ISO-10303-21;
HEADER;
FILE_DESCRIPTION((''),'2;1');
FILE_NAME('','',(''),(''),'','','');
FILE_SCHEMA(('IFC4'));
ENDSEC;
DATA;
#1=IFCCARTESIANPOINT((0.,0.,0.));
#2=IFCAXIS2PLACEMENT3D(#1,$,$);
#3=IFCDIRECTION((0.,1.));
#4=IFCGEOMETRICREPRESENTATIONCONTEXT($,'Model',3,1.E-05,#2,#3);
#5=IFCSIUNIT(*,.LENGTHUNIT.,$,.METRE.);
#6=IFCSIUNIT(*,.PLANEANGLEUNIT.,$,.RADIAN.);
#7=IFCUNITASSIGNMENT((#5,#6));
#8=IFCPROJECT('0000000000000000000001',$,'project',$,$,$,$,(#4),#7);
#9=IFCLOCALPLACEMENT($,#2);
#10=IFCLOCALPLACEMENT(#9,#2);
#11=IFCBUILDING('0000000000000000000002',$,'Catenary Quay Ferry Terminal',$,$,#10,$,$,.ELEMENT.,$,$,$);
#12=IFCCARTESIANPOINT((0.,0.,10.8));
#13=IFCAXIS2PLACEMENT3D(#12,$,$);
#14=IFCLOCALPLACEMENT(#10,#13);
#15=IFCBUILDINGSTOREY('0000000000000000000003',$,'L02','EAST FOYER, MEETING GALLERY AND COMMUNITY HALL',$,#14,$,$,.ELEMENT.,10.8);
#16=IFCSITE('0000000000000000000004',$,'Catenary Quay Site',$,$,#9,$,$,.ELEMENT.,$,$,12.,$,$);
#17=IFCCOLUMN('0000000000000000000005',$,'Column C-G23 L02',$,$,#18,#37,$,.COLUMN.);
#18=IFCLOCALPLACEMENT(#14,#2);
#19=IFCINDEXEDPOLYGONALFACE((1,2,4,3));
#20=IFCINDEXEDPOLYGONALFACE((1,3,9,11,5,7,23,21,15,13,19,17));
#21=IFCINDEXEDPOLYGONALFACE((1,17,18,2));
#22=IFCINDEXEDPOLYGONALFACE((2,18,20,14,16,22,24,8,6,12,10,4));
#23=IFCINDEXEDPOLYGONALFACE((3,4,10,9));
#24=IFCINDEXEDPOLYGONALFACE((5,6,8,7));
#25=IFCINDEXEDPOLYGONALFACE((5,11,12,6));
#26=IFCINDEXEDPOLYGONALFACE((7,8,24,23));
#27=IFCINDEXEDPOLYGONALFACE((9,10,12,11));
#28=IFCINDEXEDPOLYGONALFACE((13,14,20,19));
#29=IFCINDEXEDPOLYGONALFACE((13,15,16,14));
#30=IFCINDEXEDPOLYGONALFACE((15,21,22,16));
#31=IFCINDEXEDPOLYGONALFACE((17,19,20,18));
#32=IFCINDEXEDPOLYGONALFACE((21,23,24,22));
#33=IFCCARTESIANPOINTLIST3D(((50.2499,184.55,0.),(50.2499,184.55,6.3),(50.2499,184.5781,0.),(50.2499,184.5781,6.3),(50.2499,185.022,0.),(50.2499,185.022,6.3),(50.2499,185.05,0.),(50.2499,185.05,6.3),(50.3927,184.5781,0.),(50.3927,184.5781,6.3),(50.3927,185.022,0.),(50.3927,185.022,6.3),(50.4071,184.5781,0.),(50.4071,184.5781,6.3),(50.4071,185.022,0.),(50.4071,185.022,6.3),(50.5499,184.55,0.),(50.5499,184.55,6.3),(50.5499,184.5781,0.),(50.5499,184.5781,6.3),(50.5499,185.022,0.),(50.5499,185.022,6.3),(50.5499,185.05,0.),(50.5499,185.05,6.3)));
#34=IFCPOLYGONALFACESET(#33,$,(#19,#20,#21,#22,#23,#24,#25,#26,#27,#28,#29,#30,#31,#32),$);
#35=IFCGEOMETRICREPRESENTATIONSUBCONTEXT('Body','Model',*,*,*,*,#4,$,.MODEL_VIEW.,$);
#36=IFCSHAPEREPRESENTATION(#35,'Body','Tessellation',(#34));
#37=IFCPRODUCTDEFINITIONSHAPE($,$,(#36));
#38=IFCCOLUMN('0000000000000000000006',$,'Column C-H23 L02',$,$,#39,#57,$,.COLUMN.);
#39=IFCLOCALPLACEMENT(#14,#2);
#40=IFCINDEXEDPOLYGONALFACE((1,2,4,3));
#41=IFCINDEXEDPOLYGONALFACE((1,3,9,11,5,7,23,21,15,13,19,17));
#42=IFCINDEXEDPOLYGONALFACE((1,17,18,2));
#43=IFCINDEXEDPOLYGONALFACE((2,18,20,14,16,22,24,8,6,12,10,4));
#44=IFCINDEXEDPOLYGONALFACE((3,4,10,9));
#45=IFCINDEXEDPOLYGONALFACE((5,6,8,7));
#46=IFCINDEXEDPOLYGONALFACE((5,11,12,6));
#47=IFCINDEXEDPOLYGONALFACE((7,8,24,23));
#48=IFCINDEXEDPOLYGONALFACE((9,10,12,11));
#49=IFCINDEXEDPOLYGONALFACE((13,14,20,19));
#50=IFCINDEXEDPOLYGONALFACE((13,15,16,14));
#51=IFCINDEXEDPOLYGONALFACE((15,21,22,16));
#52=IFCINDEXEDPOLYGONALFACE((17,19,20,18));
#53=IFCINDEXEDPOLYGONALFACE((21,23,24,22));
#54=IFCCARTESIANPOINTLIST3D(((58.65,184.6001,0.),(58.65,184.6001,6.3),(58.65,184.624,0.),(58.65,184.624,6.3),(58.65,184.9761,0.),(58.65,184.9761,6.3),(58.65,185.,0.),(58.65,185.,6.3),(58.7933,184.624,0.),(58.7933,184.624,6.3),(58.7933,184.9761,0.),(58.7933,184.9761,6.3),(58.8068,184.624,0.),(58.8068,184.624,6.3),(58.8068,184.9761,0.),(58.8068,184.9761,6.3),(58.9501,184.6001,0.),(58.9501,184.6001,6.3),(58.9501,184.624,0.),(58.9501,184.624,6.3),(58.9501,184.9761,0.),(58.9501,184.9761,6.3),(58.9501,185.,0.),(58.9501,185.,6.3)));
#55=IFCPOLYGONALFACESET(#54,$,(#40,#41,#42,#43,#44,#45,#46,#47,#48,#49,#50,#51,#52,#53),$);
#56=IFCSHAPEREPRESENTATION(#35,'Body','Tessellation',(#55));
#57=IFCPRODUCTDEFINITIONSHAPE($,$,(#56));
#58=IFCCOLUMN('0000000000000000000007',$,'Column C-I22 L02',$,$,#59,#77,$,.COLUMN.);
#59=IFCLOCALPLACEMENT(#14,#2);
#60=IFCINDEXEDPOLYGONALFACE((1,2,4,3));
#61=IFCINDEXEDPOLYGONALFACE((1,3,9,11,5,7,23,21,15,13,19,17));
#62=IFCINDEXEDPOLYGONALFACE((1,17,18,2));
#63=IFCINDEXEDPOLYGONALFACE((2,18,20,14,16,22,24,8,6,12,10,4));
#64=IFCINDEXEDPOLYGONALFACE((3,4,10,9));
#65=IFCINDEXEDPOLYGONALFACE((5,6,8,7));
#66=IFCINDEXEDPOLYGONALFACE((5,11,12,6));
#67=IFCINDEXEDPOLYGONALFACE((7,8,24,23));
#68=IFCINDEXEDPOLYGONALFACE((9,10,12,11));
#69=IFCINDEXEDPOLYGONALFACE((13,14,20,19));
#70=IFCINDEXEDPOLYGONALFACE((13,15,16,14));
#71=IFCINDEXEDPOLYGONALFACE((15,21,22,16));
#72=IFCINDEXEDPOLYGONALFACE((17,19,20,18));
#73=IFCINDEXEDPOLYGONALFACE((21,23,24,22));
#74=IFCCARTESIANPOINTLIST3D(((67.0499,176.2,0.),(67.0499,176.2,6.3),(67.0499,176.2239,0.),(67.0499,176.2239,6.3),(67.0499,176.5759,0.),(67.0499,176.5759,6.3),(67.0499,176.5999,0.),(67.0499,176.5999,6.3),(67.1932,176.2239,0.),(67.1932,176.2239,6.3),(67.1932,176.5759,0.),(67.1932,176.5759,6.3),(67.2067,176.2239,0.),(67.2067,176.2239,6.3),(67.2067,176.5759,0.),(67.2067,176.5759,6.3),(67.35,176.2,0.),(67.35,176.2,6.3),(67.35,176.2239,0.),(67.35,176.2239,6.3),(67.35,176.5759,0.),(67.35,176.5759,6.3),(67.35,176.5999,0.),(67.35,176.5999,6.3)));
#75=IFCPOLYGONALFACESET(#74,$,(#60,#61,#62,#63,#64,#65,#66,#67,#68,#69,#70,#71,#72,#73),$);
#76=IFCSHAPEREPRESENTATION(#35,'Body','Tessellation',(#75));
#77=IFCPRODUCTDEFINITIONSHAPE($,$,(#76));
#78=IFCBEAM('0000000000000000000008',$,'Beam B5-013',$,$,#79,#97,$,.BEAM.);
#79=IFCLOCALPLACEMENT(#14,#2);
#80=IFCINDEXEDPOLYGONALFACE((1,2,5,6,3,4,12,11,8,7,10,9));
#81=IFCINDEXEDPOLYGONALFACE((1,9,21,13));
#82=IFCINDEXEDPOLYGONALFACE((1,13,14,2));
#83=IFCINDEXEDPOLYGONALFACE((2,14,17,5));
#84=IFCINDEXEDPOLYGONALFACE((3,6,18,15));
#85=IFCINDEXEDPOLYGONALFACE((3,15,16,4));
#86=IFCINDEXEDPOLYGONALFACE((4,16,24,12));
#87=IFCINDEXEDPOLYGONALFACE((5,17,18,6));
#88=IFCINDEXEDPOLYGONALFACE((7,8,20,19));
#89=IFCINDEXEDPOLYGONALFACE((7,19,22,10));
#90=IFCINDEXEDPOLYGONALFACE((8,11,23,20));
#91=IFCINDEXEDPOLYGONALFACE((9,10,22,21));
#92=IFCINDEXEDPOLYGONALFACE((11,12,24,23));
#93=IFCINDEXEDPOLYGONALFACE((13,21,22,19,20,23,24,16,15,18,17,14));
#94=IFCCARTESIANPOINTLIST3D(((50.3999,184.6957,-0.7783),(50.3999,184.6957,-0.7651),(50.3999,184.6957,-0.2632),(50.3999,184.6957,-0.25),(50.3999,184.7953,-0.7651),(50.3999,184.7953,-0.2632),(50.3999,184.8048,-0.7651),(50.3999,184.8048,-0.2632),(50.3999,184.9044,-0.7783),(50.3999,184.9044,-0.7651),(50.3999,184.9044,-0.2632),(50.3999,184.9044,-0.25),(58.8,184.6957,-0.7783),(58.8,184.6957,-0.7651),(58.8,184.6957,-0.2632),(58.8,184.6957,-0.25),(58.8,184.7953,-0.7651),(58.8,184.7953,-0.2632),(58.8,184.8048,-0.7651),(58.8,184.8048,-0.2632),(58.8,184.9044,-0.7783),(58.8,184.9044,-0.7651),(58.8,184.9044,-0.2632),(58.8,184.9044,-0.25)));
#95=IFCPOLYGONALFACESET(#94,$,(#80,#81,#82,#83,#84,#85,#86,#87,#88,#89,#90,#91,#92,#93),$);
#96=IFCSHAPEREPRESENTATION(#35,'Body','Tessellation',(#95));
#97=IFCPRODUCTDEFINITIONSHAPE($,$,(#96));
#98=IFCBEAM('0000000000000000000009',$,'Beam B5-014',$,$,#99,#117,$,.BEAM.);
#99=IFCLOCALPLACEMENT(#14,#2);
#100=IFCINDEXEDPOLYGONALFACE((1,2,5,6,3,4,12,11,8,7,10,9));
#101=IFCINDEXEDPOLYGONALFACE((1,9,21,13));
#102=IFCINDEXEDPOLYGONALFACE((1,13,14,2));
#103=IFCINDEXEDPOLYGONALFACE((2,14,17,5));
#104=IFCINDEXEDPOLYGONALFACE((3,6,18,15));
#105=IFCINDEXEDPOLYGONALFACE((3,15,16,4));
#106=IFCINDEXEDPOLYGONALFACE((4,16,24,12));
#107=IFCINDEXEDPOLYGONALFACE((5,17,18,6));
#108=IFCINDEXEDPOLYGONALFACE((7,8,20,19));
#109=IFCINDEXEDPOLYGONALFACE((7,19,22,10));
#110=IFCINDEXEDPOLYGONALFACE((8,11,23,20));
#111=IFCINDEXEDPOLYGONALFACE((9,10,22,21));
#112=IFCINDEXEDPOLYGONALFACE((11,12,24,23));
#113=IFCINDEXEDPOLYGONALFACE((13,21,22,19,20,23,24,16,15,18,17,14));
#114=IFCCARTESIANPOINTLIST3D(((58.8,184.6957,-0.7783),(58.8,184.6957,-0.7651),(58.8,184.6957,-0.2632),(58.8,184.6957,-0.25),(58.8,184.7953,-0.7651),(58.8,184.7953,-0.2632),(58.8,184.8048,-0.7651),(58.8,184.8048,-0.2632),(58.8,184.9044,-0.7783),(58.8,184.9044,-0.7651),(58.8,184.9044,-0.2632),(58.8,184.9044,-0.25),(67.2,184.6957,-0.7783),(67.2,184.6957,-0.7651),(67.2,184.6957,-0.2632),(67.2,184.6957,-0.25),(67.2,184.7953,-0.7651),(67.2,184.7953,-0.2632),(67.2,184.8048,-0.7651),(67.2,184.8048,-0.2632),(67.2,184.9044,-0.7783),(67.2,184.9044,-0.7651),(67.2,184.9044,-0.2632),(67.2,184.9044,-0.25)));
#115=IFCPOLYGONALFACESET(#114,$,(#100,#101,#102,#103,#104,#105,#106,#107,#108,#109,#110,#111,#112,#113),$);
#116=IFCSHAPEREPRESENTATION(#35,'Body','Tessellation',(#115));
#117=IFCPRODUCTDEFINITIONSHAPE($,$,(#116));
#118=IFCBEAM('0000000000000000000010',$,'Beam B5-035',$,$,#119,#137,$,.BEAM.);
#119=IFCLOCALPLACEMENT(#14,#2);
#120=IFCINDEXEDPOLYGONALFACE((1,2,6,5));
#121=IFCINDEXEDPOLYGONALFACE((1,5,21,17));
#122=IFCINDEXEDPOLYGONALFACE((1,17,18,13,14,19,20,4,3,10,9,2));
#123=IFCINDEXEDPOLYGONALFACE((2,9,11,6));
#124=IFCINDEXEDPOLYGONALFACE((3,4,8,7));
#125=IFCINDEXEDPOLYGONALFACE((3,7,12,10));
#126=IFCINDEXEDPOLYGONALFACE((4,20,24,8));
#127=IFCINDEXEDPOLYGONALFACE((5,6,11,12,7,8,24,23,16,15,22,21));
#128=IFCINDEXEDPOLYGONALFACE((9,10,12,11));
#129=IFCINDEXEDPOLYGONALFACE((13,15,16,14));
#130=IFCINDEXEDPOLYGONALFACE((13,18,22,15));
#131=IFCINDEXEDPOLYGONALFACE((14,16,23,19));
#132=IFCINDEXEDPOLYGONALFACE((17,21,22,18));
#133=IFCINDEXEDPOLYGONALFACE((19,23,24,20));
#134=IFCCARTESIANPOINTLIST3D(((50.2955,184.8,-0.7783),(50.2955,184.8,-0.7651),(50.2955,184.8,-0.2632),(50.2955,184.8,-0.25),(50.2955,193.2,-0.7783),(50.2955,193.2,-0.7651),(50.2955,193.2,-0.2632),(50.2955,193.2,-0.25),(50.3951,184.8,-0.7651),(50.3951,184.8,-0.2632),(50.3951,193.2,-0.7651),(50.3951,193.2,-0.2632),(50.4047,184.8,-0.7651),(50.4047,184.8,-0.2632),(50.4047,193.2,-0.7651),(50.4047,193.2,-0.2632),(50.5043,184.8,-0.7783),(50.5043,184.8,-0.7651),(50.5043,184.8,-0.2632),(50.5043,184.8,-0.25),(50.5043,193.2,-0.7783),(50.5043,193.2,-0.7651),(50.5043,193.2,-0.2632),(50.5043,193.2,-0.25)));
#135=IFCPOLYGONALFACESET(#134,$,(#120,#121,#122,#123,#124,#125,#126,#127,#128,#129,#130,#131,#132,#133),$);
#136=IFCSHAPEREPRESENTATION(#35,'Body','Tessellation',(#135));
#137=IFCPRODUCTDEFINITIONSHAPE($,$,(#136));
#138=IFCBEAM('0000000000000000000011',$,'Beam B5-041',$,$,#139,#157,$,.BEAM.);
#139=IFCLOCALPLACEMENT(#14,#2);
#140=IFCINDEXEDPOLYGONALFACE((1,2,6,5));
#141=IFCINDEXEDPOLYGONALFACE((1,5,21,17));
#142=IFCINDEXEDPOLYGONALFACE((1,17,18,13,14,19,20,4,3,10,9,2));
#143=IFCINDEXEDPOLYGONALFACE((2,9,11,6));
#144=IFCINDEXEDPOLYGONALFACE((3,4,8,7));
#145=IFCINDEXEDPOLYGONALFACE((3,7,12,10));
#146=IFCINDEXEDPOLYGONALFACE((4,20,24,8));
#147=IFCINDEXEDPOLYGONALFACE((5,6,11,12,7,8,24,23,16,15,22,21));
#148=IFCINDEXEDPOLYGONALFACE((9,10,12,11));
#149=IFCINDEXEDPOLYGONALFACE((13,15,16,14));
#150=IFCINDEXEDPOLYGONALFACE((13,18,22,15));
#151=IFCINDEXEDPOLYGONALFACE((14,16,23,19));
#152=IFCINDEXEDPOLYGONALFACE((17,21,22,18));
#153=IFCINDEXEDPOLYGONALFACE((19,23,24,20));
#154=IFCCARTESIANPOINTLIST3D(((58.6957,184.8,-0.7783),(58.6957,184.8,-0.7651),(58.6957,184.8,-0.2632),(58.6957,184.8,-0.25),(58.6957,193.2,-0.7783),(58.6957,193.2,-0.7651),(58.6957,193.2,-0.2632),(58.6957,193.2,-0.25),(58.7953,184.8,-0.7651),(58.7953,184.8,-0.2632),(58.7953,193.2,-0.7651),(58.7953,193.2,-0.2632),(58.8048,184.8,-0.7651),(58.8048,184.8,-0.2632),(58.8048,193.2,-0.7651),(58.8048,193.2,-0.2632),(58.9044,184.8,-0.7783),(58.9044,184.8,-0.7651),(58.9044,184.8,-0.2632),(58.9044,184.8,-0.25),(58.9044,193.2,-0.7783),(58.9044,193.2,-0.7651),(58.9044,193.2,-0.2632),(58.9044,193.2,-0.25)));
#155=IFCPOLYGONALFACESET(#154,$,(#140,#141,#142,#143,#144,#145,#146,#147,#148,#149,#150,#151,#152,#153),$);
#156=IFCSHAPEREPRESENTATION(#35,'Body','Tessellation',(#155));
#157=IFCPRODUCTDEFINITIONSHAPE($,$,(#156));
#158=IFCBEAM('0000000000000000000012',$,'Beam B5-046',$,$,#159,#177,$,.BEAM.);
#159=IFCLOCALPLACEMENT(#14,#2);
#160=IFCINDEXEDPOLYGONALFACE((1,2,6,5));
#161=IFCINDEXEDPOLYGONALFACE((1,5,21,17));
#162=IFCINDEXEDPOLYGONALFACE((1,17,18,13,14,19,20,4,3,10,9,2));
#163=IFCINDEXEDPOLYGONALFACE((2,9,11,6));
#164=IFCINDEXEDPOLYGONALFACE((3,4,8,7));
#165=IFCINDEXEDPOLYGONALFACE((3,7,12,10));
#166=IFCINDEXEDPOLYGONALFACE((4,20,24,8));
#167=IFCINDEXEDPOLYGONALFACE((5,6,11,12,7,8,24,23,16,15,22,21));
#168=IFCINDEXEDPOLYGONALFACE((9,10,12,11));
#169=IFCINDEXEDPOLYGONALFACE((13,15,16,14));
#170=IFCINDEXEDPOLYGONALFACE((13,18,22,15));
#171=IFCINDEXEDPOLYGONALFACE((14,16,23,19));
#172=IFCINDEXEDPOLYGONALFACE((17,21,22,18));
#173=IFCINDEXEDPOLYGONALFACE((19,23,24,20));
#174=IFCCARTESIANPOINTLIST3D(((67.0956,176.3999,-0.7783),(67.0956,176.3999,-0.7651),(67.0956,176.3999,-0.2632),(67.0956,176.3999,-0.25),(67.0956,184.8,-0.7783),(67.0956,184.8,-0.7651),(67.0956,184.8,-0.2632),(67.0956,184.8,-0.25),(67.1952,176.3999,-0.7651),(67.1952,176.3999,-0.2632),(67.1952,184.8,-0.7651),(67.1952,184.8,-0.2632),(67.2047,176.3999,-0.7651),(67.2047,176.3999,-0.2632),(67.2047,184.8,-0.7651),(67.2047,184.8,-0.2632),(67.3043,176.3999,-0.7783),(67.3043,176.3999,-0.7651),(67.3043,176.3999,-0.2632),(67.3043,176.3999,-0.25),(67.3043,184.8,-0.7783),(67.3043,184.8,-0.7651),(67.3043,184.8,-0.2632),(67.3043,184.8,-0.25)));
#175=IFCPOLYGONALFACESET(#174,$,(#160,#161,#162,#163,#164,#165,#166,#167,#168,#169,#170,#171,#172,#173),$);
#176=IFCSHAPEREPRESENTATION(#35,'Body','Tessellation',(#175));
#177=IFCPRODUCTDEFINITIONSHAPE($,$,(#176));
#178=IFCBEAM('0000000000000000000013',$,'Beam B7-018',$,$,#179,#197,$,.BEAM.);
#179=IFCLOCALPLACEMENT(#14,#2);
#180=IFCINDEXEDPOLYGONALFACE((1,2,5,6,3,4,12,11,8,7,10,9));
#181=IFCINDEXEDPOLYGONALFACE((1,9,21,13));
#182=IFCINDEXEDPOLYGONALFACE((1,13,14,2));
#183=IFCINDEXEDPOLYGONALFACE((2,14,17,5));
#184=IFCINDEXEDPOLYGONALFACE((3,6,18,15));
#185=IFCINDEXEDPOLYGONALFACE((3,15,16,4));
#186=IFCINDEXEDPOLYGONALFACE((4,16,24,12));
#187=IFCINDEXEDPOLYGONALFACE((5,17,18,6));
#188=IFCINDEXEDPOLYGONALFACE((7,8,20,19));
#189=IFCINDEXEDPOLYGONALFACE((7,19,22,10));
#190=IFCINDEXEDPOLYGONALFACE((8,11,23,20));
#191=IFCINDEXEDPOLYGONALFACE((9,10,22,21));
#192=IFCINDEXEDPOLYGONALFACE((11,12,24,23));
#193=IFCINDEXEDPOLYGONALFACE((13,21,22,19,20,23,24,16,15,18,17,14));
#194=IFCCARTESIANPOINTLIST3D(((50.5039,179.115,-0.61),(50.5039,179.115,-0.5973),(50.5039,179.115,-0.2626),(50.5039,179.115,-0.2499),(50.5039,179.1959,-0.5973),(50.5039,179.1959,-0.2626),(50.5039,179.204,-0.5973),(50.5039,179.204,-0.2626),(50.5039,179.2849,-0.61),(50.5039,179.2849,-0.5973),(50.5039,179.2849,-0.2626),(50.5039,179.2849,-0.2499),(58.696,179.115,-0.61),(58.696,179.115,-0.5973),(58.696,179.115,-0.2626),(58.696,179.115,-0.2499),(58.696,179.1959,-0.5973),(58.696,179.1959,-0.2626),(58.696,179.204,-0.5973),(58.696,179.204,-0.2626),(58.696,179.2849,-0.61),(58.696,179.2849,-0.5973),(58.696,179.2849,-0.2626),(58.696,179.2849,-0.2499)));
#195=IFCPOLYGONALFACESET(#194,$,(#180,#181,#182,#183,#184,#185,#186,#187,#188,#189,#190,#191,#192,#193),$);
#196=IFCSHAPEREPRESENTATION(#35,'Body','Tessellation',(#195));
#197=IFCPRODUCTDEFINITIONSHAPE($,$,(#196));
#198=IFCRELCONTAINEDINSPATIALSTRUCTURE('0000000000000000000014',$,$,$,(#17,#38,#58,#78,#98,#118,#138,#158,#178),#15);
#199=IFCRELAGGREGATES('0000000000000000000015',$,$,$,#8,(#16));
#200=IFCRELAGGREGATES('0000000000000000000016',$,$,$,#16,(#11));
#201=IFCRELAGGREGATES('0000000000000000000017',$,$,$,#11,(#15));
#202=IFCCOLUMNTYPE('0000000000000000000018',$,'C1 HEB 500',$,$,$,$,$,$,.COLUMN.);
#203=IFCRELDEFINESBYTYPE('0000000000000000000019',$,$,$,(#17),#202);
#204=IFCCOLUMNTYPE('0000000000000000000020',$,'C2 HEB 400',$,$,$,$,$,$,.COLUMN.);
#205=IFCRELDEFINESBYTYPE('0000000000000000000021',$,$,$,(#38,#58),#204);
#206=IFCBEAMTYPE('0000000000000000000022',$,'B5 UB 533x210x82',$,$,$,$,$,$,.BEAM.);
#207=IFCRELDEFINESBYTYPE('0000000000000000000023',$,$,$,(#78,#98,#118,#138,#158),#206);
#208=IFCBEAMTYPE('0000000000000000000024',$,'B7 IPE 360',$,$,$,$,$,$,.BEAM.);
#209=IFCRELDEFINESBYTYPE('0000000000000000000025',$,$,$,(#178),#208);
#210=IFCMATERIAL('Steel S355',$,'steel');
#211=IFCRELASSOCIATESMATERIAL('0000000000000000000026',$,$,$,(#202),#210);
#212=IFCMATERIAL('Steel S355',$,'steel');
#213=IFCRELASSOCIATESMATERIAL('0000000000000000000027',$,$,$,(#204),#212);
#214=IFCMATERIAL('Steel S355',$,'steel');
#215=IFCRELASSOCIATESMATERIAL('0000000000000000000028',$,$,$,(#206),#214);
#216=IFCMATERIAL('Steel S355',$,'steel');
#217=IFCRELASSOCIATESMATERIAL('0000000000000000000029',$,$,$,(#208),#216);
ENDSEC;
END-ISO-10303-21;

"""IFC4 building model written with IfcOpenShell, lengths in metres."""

from ifc_helpers import new_model, si_unit, direction, frame, origin, origin_2d, place, context, subcontext, project, spatial, i_section, extrude, material, material_profile, profile_set, type_object, element, save


model = new_model("IFC4")

# Units and contexts
model_context = context("Model", 3, precision=1e-05, world=origin(), true_north=direction((0.0, 1.0)))
body_context = subcontext(model_context, "Body", "Model", "MODEL_VIEW")
ifc_project = project(units=[si_unit("LENGTHUNIT", "METRE"), si_unit("PLANEANGLEUNIT", "RADIAN")], contexts=[model_context])

# Site, building, storey
site_placement = place(None, origin())
site = spatial("IfcSite", under=ifc_project, at=site_placement, Name="Catenary Quay Site", CompositionType="ELEMENT", RefElevation=12.0)
building_placement = place(site_placement, origin())
building = spatial("IfcBuilding", under=site, at=building_placement, Name="Catenary Quay Ferry Terminal", CompositionType="ELEMENT")
storey_placement = place(building_placement, frame((0.0, 0.0, 10.8)))
storey = spatial("IfcBuildingStorey", under=building, at=storey_placement, Name="L02", Description="EAST FOYER, MEETING GALLERY AND COMMUNITY HALL", CompositionType="ELEMENT", Elevation=10.8)

# Columns
ifc_material_1 = material(Name="Steel S355", Category="steel")
ifc_material_profile_1 = material_profile(ifc_material_1, i_section(OverallWidth=0.3, OverallDepth=0.5, WebThickness=0.0144, FlangeThickness=0.0281, at=origin_2d()), Name="HEB 500")
ifc_profile_set_1 = profile_set([ifc_material_profile_1], Name="Steel S355")
column_type_1 = type_object("IfcColumnType", Name="C1 HEB 500", PredefinedType="COLUMN", material=ifc_profile_set_1)
column_placement = place(storey_placement, frame((50.3999, 184.8, 0.0), z_axis=(0.0, 0.0, 1.0), x_axis=(1.0, 0.0, 0.0)))
element("IfcColumn", 1, at=column_placement, inside=storey, type_object=column_type_1, Name="Column C-G23 L02", PredefinedType="COLUMN", context=body_context, shape_type="SweptSolid", body=[
    extrude(i_section(OverallWidth=0.3, OverallDepth=0.5, WebThickness=0.0144, FlangeThickness=0.0281, at=origin_2d()), origin(), (0.0, 0.0, 1.0), 6.3),
])
ifc_material_2 = material(Name="Steel S355", Category="steel")
ifc_material_profile_2 = material_profile(ifc_material_2, i_section(OverallWidth=0.3, OverallDepth=0.3999, WebThickness=0.0134, FlangeThickness=0.0239, at=origin_2d()), Name="HEB 400")
ifc_profile_set_2 = profile_set([ifc_material_profile_2], Name="Steel S355")
column_type_2 = type_object("IfcColumnType", Name="C2 HEB 400", PredefinedType="COLUMN", material=ifc_profile_set_2)
for number, where, z_axis, x_axis, name in (
    (2, (58.8, 184.8, 0.0), (0.0, 0.0, 1.0), (1.0, 0.0, 0.0), "Column C-H23 L02"),
    (3, (67.2, 176.3999, 0.0), (0.0, 0.0, 1.0), (1.0, 0.0, 0.0), "Column C-I22 L02"),
):
    element("IfcColumn", number, at=place(storey_placement, frame(where, z_axis=z_axis, x_axis=x_axis)), inside=storey, type_object=column_type_2, Name=name, PredefinedType="COLUMN", context=body_context, shape_type="SweptSolid", body=[
        extrude(i_section(OverallWidth=0.3, OverallDepth=0.3999, WebThickness=0.0134, FlangeThickness=0.0239, at=origin_2d()), origin(), (0.0, 0.0, 1.0), 6.3),
    ])

# Beams
ifc_material_3 = material(Name="Steel S355", Category="steel")
ifc_material_profile_3 = material_profile(ifc_material_3, i_section(OverallWidth=0.2087, OverallDepth=0.5283, WebThickness=0.0095, FlangeThickness=0.0132, at=origin_2d()), Name="UB 533x210x82")
ifc_profile_set_3 = profile_set([ifc_material_profile_3], Name="Steel S355")
beam_type_1 = type_object("IfcBeamType", Name="B5 UB 533x210x82", PredefinedType="BEAM", material=ifc_profile_set_3)
beam_1_placement = place(storey_placement, frame((50.3999, 184.8, -0.5142), z_axis=(1.0, 0.0, 0.0), x_axis=(0.0, 1.0, 0.0)))
element("IfcBeam", 4, at=beam_1_placement, inside=storey, type_object=beam_type_1, Name="Beam B5-013", PredefinedType="BEAM", context=body_context, shape_type="SweptSolid", body=[
    extrude(i_section(OverallWidth=0.2087, OverallDepth=0.5283, WebThickness=0.0095, FlangeThickness=0.0132, at=origin_2d()), origin(), (0.0, 0.0, 1.0), 8.4001),
])
for number, where, z_axis, x_axis, name in (
    (5, (58.8, 184.8, -0.5142), (1.0, 0.0, 0.0), (0.0, 1.0, 0.0), "Beam B5-014"),
    (6, (50.3999, 184.8, -0.5142), (0.0, 1.0, 0.0), (-1.0, 0.0, 0.0), "Beam B5-035"),
    (7, (58.8, 184.8, -0.5142), (0.0, 1.0, 0.0), (-1.0, 0.0, 0.0), "Beam B5-041"),
):
    element("IfcBeam", number, at=place(storey_placement, frame(where, z_axis=z_axis, x_axis=x_axis)), inside=storey, type_object=beam_type_1, Name=name, PredefinedType="BEAM", context=body_context, shape_type="SweptSolid", body=[
        extrude(i_section(OverallWidth=0.2087, OverallDepth=0.5283, WebThickness=0.0095, FlangeThickness=0.0132, at=origin_2d()), origin(), (0.0, 0.0, 1.0), 8.3999),
    ])
beam_2_placement = place(storey_placement, frame((67.2, 176.3999, -0.5142), z_axis=(0.0, 1.0, 0.0), x_axis=(-1.0, 0.0, 0.0)))
element("IfcBeam", 8, at=beam_2_placement, inside=storey, type_object=beam_type_1, Name="Beam B5-046", PredefinedType="BEAM", context=body_context, shape_type="SweptSolid", body=[
    extrude(i_section(OverallWidth=0.2087, OverallDepth=0.5283, WebThickness=0.0095, FlangeThickness=0.0132, at=origin_2d()), origin(), (0.0, 0.0, 1.0), 8.4001),
])
ifc_material_4 = material(Name="Steel S355", Category="steel")
ifc_material_profile_4 = material_profile(ifc_material_4, i_section(OverallWidth=0.1699, OverallDepth=0.3601, WebThickness=0.0081, FlangeThickness=0.0127, at=origin_2d()), Name="IPE 360")
ifc_profile_set_4 = profile_set([ifc_material_profile_4], Name="Steel S355")
beam_type_2 = type_object("IfcBeamType", Name="B7 IPE 360", PredefinedType="BEAM", material=ifc_profile_set_4)
beam_3_placement = place(storey_placement, frame((50.5039, 179.2, -0.4299), z_axis=(1.0, 0.0, 0.0), x_axis=(0.0, 1.0, 0.0)))
element("IfcBeam", 9, at=beam_3_placement, inside=storey, type_object=beam_type_2, Name="Beam B7-018", PredefinedType="BEAM", context=body_context, shape_type="SweptSolid", body=[
    extrude(i_section(OverallWidth=0.1699, OverallDepth=0.3601, WebThickness=0.0081, FlangeThickness=0.0127, at=origin_2d()), origin(), (0.0, 0.0, 1.0), 8.1921),
])

save(model, "model.ifc")
